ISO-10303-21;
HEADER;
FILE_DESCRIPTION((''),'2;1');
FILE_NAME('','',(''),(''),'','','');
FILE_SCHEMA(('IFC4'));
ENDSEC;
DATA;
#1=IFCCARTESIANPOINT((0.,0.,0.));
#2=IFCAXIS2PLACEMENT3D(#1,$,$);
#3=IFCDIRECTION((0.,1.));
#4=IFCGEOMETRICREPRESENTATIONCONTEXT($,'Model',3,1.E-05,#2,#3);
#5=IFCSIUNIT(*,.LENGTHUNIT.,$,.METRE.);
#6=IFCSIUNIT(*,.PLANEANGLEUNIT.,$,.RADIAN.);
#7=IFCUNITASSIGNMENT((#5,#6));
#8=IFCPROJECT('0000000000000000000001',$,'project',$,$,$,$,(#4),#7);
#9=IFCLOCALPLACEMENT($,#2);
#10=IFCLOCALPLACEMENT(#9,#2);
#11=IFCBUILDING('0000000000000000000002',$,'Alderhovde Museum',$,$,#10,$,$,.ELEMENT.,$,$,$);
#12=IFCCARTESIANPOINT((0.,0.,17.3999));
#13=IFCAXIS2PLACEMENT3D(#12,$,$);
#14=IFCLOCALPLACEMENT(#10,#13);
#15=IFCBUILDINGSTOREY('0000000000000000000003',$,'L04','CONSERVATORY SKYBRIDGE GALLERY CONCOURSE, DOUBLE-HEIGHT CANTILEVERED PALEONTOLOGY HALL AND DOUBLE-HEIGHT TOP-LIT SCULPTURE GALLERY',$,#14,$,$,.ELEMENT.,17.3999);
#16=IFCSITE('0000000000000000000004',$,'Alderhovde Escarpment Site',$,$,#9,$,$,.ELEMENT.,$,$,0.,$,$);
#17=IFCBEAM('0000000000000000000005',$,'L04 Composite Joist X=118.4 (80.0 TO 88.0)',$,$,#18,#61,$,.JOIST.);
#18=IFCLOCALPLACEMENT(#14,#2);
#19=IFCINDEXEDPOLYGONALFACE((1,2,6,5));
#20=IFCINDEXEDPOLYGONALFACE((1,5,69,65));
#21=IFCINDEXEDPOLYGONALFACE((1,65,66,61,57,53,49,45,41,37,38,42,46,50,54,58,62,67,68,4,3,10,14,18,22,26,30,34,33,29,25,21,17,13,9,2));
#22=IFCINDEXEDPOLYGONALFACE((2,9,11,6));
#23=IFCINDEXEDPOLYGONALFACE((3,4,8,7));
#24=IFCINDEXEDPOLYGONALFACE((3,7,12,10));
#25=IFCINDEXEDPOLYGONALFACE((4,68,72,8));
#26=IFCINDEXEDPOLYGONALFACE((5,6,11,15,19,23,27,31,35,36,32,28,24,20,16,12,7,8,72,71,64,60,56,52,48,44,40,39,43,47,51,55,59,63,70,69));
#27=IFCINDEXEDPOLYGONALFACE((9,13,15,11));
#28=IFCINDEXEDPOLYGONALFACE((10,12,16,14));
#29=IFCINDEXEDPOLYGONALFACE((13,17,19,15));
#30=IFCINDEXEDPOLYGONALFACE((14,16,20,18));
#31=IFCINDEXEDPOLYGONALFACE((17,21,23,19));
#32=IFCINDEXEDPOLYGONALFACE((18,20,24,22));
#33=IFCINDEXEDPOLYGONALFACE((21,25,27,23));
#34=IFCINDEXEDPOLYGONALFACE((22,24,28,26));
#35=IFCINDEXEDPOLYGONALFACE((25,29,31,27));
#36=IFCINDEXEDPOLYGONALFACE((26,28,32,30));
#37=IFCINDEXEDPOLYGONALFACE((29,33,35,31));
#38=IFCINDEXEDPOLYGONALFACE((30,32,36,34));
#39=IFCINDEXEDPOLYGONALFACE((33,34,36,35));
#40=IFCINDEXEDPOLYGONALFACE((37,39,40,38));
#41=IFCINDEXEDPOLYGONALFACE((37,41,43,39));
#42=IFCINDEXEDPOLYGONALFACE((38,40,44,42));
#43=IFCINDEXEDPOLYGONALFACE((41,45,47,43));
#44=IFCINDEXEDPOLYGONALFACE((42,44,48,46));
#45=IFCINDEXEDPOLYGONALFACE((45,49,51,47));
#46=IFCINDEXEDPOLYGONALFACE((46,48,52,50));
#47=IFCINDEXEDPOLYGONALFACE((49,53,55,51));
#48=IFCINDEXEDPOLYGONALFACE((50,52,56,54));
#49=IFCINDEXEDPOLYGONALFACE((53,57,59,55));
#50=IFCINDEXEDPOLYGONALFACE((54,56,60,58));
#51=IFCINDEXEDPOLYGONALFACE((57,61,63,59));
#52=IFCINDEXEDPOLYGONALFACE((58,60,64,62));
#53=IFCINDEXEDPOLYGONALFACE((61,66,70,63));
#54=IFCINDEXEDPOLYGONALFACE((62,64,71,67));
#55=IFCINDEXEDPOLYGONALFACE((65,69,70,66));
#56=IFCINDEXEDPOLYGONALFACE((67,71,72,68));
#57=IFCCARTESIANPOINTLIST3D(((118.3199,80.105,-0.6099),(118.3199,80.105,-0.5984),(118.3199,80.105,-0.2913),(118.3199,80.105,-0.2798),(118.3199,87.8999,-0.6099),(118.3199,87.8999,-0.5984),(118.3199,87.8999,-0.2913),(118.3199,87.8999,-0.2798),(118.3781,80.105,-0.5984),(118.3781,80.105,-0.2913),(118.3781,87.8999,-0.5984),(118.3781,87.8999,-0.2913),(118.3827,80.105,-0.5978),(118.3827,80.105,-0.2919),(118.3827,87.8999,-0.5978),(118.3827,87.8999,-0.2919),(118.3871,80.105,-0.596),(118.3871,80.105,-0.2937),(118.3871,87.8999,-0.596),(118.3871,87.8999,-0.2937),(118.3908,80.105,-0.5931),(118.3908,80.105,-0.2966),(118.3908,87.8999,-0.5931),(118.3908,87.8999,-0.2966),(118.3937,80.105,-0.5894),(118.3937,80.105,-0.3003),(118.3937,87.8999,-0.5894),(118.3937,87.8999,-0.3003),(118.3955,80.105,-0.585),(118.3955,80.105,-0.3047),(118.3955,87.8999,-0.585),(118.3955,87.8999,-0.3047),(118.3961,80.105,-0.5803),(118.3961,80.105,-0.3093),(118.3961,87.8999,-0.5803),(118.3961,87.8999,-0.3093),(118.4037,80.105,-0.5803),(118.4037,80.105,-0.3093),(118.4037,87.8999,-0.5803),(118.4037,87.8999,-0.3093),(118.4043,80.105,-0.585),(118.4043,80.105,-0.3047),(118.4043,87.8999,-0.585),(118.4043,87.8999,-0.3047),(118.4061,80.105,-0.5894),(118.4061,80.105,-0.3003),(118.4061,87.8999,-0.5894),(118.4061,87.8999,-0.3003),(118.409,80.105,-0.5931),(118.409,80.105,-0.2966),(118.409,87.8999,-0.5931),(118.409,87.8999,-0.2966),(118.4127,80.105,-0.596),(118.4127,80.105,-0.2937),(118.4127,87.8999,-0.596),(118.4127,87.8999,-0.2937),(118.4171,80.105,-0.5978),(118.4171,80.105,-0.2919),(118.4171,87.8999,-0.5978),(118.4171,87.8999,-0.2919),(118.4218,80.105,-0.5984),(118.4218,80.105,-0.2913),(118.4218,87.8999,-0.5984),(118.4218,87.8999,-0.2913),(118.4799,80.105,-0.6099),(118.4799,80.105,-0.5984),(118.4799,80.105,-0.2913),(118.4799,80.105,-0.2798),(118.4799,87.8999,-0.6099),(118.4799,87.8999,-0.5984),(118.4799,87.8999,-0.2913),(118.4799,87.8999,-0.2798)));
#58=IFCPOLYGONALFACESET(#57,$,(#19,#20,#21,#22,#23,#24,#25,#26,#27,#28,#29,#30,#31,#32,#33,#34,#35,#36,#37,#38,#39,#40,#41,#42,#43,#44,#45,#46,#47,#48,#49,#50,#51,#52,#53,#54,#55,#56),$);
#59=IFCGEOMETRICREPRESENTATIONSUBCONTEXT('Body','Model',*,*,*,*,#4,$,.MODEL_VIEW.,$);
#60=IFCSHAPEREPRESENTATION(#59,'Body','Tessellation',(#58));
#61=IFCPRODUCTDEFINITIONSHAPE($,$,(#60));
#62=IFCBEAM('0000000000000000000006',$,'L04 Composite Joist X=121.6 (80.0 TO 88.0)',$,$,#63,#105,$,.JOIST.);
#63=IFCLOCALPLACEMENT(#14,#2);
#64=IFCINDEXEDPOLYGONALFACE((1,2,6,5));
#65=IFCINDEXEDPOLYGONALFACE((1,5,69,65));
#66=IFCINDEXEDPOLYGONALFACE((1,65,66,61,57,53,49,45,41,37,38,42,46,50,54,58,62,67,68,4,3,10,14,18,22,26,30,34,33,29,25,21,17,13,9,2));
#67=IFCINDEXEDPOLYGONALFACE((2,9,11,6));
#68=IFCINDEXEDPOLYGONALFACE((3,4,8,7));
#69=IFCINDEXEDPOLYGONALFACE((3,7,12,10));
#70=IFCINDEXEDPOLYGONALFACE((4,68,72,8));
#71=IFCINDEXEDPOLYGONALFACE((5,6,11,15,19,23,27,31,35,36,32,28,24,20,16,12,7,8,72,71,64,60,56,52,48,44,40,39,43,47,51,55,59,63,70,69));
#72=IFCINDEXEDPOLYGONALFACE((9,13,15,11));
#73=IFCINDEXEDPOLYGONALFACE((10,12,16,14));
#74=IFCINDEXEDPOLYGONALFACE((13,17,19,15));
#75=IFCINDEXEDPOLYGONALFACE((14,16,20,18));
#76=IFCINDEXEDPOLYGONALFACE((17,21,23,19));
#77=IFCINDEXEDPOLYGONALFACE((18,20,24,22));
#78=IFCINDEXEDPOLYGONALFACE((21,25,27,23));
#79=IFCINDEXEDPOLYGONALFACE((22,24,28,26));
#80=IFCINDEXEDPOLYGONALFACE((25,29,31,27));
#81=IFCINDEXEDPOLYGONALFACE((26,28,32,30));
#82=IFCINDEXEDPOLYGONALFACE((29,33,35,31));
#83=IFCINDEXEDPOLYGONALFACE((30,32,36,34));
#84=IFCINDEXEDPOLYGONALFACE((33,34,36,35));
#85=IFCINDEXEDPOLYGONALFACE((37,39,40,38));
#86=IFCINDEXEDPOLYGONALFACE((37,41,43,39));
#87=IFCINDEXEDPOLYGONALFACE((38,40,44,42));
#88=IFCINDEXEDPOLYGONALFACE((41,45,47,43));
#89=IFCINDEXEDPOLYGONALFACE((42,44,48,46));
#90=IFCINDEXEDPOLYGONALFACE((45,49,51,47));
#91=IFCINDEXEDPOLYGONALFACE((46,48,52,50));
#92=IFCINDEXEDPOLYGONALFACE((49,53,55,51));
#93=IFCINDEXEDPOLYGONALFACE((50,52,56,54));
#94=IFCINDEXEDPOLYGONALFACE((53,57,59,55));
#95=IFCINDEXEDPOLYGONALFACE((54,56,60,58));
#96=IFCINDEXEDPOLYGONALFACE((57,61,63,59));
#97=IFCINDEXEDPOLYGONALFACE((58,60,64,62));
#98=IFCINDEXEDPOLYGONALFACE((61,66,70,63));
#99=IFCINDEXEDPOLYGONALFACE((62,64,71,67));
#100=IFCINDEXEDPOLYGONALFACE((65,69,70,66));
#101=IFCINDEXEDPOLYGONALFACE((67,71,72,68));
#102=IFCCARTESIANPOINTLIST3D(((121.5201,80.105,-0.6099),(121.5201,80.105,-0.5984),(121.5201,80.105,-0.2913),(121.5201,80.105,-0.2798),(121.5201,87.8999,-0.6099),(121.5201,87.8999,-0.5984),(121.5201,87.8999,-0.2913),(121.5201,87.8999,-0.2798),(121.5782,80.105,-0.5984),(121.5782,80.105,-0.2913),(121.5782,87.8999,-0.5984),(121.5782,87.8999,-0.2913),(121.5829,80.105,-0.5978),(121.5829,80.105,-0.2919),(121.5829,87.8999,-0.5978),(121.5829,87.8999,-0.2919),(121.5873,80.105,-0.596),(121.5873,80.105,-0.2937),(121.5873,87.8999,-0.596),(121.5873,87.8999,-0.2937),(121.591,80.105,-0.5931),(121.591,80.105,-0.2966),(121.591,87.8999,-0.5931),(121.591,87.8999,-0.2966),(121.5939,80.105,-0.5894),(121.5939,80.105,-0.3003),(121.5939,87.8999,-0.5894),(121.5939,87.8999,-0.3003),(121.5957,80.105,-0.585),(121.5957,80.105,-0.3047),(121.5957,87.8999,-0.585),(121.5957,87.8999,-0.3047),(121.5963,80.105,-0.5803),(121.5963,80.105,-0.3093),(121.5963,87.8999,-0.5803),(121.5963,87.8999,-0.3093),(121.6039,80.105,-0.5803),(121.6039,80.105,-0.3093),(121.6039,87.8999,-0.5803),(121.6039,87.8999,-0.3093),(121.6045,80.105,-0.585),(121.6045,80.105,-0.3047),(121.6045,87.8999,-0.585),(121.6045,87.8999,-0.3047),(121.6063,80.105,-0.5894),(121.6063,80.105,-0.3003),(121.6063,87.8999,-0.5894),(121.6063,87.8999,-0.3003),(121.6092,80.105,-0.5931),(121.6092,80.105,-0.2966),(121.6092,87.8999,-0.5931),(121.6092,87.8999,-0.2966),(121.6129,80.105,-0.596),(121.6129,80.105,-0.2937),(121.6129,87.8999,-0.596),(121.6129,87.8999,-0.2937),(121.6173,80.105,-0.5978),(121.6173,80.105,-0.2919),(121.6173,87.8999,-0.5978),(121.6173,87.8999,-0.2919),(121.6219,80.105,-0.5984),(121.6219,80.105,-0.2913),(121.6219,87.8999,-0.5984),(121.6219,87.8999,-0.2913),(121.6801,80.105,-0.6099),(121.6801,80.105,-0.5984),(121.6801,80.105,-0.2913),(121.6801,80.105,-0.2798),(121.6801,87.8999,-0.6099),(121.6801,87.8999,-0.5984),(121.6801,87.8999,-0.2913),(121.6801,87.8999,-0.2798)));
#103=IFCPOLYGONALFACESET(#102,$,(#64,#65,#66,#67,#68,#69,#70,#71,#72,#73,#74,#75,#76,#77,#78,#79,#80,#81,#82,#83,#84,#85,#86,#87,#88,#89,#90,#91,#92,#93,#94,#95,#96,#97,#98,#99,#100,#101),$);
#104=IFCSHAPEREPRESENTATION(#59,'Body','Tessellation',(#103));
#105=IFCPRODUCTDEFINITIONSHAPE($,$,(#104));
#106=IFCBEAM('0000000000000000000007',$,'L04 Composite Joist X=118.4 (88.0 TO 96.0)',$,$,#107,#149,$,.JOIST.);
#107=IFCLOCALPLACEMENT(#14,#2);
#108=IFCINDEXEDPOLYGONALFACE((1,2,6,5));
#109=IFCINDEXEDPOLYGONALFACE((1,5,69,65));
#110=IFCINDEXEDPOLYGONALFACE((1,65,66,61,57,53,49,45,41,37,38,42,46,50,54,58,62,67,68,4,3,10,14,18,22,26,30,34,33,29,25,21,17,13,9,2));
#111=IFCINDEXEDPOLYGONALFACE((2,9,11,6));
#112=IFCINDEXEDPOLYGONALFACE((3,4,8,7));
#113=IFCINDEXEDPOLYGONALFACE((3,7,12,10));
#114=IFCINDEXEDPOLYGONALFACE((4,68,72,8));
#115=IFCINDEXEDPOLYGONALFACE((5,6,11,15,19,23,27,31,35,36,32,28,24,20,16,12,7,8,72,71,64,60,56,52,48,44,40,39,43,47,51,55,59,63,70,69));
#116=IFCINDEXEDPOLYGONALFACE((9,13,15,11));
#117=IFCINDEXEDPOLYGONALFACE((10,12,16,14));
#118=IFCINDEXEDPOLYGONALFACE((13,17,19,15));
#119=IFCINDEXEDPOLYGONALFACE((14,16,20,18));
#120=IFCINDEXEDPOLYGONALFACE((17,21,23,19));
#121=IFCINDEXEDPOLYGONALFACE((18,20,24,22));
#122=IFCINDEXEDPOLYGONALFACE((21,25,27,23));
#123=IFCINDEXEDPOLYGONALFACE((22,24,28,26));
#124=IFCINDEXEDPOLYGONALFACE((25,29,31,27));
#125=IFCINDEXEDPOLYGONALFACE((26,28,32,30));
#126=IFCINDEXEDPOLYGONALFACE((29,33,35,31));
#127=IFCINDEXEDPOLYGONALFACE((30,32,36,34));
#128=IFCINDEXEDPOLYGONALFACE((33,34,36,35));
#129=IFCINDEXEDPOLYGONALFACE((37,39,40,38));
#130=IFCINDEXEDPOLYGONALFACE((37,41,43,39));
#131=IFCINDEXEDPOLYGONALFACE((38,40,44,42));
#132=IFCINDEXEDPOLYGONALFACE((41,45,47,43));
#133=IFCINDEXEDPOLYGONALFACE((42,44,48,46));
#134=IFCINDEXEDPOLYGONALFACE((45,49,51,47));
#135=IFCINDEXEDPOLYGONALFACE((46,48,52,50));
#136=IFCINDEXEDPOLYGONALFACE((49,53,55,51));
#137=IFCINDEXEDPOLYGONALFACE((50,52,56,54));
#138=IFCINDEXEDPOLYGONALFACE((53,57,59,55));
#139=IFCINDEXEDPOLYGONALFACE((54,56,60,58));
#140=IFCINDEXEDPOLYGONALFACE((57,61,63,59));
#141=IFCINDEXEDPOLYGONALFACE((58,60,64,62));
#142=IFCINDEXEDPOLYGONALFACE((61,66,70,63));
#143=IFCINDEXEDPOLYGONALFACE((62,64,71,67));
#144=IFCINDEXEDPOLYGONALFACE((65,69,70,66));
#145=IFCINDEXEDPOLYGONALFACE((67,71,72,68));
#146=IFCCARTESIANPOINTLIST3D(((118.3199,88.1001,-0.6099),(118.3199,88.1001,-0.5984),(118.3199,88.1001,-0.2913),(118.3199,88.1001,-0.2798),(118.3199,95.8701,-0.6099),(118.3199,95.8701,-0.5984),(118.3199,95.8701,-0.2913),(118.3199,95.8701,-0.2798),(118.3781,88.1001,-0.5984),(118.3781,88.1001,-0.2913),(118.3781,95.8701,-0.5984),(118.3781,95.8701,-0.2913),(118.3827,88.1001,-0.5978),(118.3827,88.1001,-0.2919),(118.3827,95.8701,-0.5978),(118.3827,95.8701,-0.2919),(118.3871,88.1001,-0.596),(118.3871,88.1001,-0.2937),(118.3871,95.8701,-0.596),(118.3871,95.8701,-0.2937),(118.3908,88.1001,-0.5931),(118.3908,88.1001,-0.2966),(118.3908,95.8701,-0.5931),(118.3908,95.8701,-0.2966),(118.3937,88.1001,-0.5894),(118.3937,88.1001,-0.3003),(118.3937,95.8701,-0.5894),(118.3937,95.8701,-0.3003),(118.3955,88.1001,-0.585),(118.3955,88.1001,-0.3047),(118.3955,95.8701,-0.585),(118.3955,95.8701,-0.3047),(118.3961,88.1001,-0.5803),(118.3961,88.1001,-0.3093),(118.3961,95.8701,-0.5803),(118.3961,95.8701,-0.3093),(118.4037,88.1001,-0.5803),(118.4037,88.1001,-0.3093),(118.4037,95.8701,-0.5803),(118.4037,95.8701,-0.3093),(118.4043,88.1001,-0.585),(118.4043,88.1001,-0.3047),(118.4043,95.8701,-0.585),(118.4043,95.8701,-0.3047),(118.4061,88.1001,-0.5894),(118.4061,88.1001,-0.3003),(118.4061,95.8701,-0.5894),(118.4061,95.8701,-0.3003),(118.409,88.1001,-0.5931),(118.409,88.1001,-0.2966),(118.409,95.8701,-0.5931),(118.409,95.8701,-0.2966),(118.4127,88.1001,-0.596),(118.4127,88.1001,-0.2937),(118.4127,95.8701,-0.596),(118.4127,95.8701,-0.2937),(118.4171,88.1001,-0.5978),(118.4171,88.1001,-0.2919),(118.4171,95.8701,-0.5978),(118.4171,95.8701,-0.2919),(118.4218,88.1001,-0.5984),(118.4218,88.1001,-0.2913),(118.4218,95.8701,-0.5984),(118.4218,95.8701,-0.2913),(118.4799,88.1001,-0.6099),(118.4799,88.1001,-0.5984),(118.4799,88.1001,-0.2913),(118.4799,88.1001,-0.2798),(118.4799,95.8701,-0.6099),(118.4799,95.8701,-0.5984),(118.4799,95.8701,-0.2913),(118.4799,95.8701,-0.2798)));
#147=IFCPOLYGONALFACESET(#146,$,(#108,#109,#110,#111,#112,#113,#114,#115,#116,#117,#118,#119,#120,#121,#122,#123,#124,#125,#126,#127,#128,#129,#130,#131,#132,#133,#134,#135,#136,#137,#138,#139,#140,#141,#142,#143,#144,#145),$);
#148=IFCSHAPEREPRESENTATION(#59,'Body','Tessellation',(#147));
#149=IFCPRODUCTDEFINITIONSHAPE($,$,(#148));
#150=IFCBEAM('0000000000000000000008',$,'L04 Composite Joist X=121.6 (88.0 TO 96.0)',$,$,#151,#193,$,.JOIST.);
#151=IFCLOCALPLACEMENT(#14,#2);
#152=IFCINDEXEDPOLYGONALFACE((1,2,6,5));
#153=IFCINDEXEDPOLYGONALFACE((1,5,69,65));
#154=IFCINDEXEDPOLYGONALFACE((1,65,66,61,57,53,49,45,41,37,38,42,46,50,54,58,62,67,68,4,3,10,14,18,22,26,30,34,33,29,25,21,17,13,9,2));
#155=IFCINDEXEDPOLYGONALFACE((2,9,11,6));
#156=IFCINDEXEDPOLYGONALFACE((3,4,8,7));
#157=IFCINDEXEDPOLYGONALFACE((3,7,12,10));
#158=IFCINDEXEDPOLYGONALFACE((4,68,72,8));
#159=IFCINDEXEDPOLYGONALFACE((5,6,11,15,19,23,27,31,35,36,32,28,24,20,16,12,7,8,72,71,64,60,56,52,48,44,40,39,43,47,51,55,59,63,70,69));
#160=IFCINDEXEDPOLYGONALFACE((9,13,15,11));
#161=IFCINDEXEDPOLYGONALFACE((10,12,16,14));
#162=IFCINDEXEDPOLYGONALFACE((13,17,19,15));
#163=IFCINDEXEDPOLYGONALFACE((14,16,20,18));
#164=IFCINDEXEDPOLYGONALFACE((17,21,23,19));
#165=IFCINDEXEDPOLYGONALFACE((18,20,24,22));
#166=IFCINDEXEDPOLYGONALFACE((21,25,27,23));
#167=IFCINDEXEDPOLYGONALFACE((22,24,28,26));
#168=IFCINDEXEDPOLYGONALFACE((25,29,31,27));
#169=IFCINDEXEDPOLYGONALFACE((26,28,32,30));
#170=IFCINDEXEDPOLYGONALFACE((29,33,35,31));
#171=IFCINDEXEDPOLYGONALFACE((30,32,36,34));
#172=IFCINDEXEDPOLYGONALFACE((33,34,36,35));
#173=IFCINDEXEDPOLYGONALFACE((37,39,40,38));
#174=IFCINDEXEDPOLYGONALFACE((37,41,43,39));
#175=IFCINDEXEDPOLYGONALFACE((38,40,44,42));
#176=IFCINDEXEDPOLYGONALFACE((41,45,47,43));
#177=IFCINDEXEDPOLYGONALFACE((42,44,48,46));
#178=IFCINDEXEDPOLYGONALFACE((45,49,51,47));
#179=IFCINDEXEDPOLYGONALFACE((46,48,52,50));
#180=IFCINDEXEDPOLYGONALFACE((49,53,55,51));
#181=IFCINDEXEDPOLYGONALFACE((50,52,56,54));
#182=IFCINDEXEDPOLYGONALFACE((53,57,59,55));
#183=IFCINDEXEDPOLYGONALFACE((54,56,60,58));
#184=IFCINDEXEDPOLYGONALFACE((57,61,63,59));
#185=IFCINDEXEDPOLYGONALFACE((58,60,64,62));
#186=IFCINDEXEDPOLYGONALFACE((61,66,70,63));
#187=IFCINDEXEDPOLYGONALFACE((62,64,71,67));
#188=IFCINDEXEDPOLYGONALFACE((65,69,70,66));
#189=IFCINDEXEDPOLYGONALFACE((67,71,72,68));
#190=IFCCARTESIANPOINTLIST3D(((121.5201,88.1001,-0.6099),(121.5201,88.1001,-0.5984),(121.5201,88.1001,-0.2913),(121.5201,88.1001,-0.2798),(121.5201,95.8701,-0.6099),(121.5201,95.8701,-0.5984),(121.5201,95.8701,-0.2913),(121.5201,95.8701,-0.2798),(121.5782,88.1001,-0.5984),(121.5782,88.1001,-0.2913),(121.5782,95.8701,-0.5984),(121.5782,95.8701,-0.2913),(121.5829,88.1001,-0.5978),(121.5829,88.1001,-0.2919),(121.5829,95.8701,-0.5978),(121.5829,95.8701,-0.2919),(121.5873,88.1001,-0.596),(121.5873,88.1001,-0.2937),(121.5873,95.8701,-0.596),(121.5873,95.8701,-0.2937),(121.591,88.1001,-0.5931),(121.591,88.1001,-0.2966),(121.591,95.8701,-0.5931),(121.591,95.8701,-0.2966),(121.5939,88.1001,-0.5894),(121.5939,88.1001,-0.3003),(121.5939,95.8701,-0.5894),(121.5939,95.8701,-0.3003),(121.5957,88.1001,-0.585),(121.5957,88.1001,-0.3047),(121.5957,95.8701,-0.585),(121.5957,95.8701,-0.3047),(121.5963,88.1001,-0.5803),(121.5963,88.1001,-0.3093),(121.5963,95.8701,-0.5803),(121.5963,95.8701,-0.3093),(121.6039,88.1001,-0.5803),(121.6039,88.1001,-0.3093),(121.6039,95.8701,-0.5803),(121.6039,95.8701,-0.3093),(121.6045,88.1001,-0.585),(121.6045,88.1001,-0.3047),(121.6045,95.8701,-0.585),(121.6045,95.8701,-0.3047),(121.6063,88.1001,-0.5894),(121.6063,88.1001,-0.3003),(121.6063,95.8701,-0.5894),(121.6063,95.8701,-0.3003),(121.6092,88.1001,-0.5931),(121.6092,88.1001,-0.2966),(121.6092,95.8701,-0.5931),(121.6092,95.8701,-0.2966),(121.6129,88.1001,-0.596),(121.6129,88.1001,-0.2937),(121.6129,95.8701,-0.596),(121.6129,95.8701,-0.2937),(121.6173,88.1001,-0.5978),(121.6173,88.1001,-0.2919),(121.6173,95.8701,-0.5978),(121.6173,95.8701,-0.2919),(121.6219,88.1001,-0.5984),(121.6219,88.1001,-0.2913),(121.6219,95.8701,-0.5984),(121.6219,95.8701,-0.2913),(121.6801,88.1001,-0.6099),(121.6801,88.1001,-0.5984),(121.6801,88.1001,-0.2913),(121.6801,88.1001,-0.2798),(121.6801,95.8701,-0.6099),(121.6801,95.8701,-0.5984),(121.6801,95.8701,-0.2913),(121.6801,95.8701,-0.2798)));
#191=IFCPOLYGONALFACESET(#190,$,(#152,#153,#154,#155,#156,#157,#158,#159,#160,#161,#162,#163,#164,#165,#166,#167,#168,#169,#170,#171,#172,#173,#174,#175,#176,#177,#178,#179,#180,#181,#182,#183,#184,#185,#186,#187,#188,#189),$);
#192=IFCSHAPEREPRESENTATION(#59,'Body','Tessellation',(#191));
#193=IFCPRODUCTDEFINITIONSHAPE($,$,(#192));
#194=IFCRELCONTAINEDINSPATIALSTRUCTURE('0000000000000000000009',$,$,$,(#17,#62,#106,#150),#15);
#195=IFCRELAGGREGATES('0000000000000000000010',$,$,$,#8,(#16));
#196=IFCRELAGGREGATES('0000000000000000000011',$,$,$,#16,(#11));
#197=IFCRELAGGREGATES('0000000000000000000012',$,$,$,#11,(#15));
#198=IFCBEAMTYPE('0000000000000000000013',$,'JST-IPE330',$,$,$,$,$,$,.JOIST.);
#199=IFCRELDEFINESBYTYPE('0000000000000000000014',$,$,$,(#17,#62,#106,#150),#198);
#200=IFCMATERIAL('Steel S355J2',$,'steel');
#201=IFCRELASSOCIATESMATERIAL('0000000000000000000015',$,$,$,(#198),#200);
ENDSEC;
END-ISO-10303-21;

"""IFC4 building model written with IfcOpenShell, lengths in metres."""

from ifc_helpers import new_model, si_unit, direction, frame, origin, origin_2d, place, context, subcontext, project, spatial, i_section, extrude, material, material_profile, profile_set, type_object, element, save


model = new_model("IFC4")

# Units and contexts
model_context = context("Model", 3, precision=1e-05, world=origin(), true_north=direction((0.0, 1.0)))
body_context = subcontext(model_context, "Body", "Model", "MODEL_VIEW")
ifc_project = project(units=[si_unit("LENGTHUNIT", "METRE"), si_unit("PLANEANGLEUNIT", "RADIAN")], contexts=[model_context])

# Site, building, storey
site_placement = place(None, origin())
site = spatial("IfcSite", under=ifc_project, at=site_placement, Name="Alderhovde Escarpment Site", CompositionType="ELEMENT", RefElevation=0.0)
building_placement = place(site_placement, origin())
building = spatial("IfcBuilding", under=site, at=building_placement, Name="Alderhovde Museum", CompositionType="ELEMENT")
storey_placement = place(building_placement, frame((0.0, 0.0, 17.3999)))
storey = spatial("IfcBuildingStorey", under=building, at=storey_placement, Name="L04", Description="CONSERVATORY SKYBRIDGE GALLERY CONCOURSE, DOUBLE-HEIGHT CANTILEVERED PALEONTOLOGY HALL AND DOUBLE-HEIGHT TOP-LIT SCULPTURE GALLERY", CompositionType="ELEMENT", Elevation=17.3999)

# Beams
ifc_material_1 = material(Name="Steel S355J2", Category="steel")
ifc_material_profile_1 = material_profile(ifc_material_1, i_section(OverallWidth=0.1599, OverallDepth=0.3301, WebThickness=0.0076, FlangeThickness=0.0115, FilletRadius=0.0181, at=origin_2d()), Name="IPE 330")
ifc_profile_set_1 = profile_set([ifc_material_profile_1], Name="Steel S355J2")
beam_type_1 = type_object("IfcBeamType", Name="JST-IPE330", PredefinedType="JOIST", material=ifc_profile_set_1)
for number, where, z_axis, x_axis, name in (
    (1, (118.3999, 80.105, -0.4448), (0.0, 1.0, 0.0), (-1.0, 0.0, 0.0), "L04 Composite Joist X=118.4 (80.0 TO 88.0)"),
    (2, (121.6001, 80.105, -0.4448), (0.0, 1.0, 0.0), (-1.0, 0.0, 0.0), "L04 Composite Joist X=121.6 (80.0 TO 88.0)"),
):
    element("IfcBeam", number, at=place(storey_placement, frame(where, z_axis=z_axis, x_axis=x_axis)), inside=storey, type_object=beam_type_1, Name=name, PredefinedType="JOIST", context=body_context, shape_type="SweptSolid", body=[
        extrude(i_section(OverallWidth=0.1599, OverallDepth=0.3301, WebThickness=0.0076, FlangeThickness=0.0115, FilletRadius=0.0181, at=origin_2d()), origin(), (0.0, 0.0, 1.0), 7.7949),
    ])
for number, where, z_axis, x_axis, name in (
    (3, (118.3999, 88.1001, -0.4448), (0.0, 1.0, 0.0), (-1.0, 0.0, 0.0), "L04 Composite Joist X=118.4 (88.0 TO 96.0)"),
    (4, (121.6001, 88.1001, -0.4448), (0.0, 1.0, 0.0), (-1.0, 0.0, 0.0), "L04 Composite Joist X=121.6 (88.0 TO 96.0)"),
):
    element("IfcBeam", number, at=place(storey_placement, frame(where, z_axis=z_axis, x_axis=x_axis)), inside=storey, type_object=beam_type_1, Name=name, PredefinedType="JOIST", context=body_context, shape_type="SweptSolid", body=[
        extrude(i_section(OverallWidth=0.1599, OverallDepth=0.3301, WebThickness=0.0076, FlangeThickness=0.0115, FilletRadius=0.0181, at=origin_2d()), origin(), (0.0, 0.0, 1.0), 7.77),
    ])

save(model, "model.ifc")
